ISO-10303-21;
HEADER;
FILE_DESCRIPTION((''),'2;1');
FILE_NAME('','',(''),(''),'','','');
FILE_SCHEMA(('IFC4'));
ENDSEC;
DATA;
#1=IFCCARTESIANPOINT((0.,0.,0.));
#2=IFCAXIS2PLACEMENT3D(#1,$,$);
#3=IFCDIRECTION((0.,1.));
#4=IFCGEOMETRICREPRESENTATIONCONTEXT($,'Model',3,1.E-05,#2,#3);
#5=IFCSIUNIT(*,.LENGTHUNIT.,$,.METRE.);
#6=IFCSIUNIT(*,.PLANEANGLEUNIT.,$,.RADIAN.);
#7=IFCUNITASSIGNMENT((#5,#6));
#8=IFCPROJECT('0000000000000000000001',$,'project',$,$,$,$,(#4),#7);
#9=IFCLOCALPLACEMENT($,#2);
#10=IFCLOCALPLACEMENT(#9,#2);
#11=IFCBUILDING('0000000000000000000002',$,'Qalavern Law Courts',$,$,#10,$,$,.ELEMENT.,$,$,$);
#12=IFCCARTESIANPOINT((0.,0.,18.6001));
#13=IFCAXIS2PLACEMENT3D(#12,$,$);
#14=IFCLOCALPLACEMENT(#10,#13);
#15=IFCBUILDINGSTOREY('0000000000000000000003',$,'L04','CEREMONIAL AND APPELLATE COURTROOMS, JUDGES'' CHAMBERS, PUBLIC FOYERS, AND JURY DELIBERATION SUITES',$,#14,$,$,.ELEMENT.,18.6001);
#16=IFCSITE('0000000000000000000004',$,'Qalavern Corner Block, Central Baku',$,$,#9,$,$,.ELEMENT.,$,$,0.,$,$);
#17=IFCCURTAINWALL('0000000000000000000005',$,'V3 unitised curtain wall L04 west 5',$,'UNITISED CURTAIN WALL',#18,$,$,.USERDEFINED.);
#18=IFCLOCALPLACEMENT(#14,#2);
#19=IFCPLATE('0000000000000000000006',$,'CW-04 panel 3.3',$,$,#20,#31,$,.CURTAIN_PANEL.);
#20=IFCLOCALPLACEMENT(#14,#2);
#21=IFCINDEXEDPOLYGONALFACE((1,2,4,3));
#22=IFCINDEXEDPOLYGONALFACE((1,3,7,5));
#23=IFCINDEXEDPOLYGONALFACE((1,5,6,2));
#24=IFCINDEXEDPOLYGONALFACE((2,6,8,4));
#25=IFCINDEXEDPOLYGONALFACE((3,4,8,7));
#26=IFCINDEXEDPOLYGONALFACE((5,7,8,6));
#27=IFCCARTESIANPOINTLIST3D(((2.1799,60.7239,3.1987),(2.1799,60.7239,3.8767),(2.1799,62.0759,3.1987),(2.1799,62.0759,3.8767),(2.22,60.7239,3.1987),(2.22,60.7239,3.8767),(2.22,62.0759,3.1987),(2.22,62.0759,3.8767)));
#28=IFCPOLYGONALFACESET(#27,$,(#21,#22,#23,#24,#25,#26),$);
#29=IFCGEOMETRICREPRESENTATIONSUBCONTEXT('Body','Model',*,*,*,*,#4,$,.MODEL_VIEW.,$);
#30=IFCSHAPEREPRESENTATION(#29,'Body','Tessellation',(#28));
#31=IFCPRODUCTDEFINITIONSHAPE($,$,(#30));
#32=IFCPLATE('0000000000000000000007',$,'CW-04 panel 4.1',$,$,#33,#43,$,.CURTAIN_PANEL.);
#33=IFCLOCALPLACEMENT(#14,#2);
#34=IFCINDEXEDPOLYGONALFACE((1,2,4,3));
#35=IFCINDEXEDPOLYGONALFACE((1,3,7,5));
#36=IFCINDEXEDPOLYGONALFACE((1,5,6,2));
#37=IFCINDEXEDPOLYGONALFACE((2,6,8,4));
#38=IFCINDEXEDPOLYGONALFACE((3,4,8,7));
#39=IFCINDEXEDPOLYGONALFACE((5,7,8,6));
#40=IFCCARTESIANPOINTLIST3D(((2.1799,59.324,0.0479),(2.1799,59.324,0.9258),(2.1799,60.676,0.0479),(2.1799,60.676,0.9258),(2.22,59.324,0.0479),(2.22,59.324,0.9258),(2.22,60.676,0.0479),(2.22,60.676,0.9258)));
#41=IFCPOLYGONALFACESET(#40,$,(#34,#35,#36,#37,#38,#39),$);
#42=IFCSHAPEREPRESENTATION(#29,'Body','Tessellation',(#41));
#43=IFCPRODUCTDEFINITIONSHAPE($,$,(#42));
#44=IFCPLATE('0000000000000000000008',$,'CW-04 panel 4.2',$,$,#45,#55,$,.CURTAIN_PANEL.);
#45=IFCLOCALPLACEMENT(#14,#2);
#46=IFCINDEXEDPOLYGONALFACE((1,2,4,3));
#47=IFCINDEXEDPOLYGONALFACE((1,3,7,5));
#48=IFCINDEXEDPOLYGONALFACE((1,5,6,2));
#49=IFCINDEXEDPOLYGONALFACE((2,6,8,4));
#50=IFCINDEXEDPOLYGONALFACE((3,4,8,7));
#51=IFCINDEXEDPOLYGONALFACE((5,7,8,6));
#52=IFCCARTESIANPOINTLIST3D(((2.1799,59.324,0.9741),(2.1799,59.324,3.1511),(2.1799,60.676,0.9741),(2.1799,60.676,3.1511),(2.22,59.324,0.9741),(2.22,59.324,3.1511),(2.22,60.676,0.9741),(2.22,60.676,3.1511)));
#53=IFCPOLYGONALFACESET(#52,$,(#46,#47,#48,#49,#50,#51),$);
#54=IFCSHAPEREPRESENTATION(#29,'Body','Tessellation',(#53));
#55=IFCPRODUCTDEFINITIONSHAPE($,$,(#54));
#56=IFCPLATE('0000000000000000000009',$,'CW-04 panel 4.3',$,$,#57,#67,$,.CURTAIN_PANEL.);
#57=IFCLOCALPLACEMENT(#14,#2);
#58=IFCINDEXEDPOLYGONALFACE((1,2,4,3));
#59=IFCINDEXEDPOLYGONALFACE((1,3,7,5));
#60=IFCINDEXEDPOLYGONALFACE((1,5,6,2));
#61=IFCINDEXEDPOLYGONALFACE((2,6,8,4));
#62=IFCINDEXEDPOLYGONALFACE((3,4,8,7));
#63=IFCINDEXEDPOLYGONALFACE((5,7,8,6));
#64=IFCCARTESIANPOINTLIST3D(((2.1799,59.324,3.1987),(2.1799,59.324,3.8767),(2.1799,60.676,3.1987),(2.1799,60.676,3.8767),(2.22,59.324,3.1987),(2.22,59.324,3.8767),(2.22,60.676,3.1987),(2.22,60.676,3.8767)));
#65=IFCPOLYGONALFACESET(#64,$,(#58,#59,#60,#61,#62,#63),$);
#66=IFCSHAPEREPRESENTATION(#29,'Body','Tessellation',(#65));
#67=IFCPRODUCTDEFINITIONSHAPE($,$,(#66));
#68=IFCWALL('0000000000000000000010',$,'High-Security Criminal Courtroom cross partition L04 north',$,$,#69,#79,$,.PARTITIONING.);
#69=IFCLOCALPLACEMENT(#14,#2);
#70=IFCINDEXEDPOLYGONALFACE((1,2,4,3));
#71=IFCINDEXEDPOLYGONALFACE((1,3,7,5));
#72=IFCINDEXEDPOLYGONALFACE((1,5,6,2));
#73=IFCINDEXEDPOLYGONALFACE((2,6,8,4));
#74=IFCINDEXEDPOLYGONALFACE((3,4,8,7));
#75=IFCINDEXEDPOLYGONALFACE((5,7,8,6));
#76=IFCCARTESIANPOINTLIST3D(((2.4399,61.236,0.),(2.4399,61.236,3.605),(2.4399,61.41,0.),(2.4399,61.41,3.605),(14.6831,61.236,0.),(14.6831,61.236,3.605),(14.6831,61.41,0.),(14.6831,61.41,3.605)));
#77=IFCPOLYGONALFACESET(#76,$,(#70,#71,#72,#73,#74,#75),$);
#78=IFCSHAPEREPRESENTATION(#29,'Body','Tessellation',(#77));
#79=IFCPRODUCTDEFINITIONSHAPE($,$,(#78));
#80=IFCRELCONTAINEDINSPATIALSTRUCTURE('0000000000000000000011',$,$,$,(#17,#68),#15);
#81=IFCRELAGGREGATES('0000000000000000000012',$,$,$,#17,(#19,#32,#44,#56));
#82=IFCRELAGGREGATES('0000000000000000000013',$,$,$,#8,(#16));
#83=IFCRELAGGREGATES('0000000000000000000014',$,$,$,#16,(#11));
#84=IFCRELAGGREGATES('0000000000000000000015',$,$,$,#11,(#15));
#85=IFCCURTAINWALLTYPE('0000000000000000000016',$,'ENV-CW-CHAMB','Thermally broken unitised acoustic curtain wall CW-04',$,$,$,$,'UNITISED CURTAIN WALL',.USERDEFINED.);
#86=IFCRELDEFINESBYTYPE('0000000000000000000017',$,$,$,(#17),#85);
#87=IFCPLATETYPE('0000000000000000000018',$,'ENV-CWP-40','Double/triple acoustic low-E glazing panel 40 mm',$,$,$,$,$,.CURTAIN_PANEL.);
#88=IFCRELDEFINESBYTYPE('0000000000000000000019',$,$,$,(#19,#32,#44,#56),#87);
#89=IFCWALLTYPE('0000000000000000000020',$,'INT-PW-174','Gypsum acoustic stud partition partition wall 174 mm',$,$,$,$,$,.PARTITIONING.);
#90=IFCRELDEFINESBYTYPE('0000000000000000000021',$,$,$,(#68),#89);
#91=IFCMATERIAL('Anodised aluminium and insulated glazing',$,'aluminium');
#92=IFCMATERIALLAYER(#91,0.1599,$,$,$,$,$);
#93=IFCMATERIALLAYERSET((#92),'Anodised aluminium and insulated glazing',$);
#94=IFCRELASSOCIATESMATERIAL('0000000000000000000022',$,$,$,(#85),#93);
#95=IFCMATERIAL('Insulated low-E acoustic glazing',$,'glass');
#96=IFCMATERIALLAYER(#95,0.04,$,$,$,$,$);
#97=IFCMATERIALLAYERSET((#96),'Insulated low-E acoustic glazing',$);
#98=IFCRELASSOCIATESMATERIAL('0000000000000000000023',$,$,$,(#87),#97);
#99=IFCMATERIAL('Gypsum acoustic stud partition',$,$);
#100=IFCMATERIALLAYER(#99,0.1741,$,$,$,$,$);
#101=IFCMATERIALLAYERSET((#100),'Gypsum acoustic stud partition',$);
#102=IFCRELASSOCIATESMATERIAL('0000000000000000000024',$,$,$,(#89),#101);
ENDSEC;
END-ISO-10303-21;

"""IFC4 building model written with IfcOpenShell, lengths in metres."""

from ifc_helpers import new_model, si_unit, direction, frame, frame_2d, origin, origin_2d, place, context, subcontext, project, spatial, rectangle, extrude, material, layer, layer_set, type_object, element, aggregate, save


model = new_model("IFC4")

# Units and contexts
model_context = context("Model", 3, precision=1e-05, world=origin(), true_north=direction((0.0, 1.0)))
body_context = subcontext(model_context, "Body", "Model", "MODEL_VIEW")
ifc_project = project(units=[si_unit("LENGTHUNIT", "METRE"), si_unit("PLANEANGLEUNIT", "RADIAN")], contexts=[model_context])

# Site, building, storey
site_placement = place(None, origin())
site = spatial("IfcSite", under=ifc_project, at=site_placement, Name="Qalavern Corner Block, Central Baku", CompositionType="ELEMENT", RefElevation=0.0)
building_placement = place(site_placement, origin())
building = spatial("IfcBuilding", under=site, at=building_placement, Name="Qalavern Law Courts", CompositionType="ELEMENT")
storey_placement = place(building_placement, frame((0.0, 0.0, 18.6001)))
storey = spatial("IfcBuildingStorey", under=building, at=storey_placement, Name="L04", Description="CEREMONIAL AND APPELLATE COURTROOMS, JUDGES' CHAMBERS, PUBLIC FOYERS, AND JURY DELIBERATION SUITES", CompositionType="ELEMENT", Elevation=18.6001)

# Curtain wall
ifc_material_1 = material(Name="Anodised aluminium and insulated glazing", Category="aluminium")
ifc_layer_1 = layer(ifc_material_1, 0.1599)
ifc_layer_set_1 = layer_set([ifc_layer_1], Name="Anodised aluminium and insulated glazing")
curtain_wall_type = type_object("IfcCurtainWallType", Name="ENV-CW-CHAMB", Description="Thermally broken unitised acoustic curtain wall CW-04", ElementType="UNITISED CURTAIN WALL", PredefinedType="USERDEFINED", material=ifc_layer_set_1)
curtain_wall_placement = place(storey_placement, origin())
curtain_wall = element("IfcCurtainWall", 1, at=curtain_wall_placement, inside=storey, type_object=curtain_wall_type, Name="V3 unitised curtain wall L04 west 5", ObjectType="UNITISED CURTAIN WALL", PredefinedType="USERDEFINED")

# Plates
ifc_material_2 = material(Name="Insulated low-E acoustic glazing", Category="glass")
ifc_layer_2 = layer(ifc_material_2, 0.04)
ifc_layer_set_2 = layer_set([ifc_layer_2], Name="Insulated low-E acoustic glazing")
plate_type = type_object("IfcPlateType", Name="ENV-CWP-40", Description="Double/triple acoustic low-E glazing panel 40 mm", PredefinedType="CURTAIN_PANEL", material=ifc_layer_set_2)
plate_1_placement = place(storey_placement, frame((2.2, 61.3999, 3.1987), z_axis=(0.0, 0.0, 1.0), x_axis=(0.0, -1.0, 0.0)))
plate_1 = element("IfcPlate", 2, at=plate_1_placement, type_object=plate_type, Name="CW-04 panel 3.3", PredefinedType="CURTAIN_PANEL", context=body_context, shape_type="SweptSolid", body=[
    extrude(rectangle(XDim=1.3521, YDim=0.04, at=origin_2d()), origin(), (0.0, 0.0, 1.0), 0.678),
])
plate_2_placement = place(storey_placement, frame((2.2, 60.0, 0.0479), z_axis=(0.0, 0.0, 1.0), x_axis=(0.0, -1.0, 0.0)))
plate_2 = element("IfcPlate", 3, at=plate_2_placement, type_object=plate_type, Name="CW-04 panel 4.1", PredefinedType="CURTAIN_PANEL", context=body_context, shape_type="SweptSolid", body=[
    extrude(rectangle(XDim=1.3521, YDim=0.04, at=origin_2d()), origin(), (0.0, 0.0, 1.0), 0.8779),
])
plate_3_placement = place(storey_placement, frame((2.2, 60.0, 0.9741), z_axis=(0.0, 0.0, 1.0), x_axis=(0.0, -1.0, 0.0)))
plate_3 = element("IfcPlate", 4, at=plate_3_placement, type_object=plate_type, Name="CW-04 panel 4.2", PredefinedType="CURTAIN_PANEL", context=body_context, shape_type="SweptSolid", body=[
    extrude(rectangle(XDim=1.3521, YDim=0.04, at=origin_2d()), origin(), (0.0, 0.0, 1.0), 2.177),
])
plate_4_placement = place(storey_placement, frame((2.2, 60.0, 3.1987), z_axis=(0.0, 0.0, 1.0), x_axis=(0.0, -1.0, 0.0)))
plate_4 = element("IfcPlate", 5, at=plate_4_placement, type_object=plate_type, Name="CW-04 panel 4.3", PredefinedType="CURTAIN_PANEL", context=body_context, shape_type="SweptSolid", body=[
    extrude(rectangle(XDim=1.3521, YDim=0.04, at=origin_2d()), origin(), (0.0, 0.0, 1.0), 0.678),
])
aggregate(curtain_wall, [plate_1, plate_2, plate_3, plate_4])

# Wall
ifc_material_3 = material(Name="Gypsum acoustic stud partition")
ifc_layer_3 = layer(ifc_material_3, 0.1741)
ifc_layer_set_3 = layer_set([ifc_layer_3], Name="Gypsum acoustic stud partition")
wall_type = type_object("IfcWallType", Name="INT-PW-174", Description="Gypsum acoustic stud partition partition wall 174 mm", PredefinedType="PARTITIONING", material=ifc_layer_set_3)
wall_placement = place(storey_placement, frame((2.4399, 61.323, 0.0), z_axis=(0.0, 0.0, 1.0), x_axis=(1.0, 0.0, 0.0)))
element("IfcWall", 6, at=wall_placement, inside=storey, type_object=wall_type, Name="High-Security Criminal Courtroom cross partition L04 north", PredefinedType="PARTITIONING", context=body_context, shape_type="SweptSolid", body=[
    extrude(rectangle(XDim=12.2432, YDim=0.1741, at=frame_2d((6.1216, 0.0))), origin(), (0.0, 0.0, 1.0), 3.605),
])

save(model, "model.ifc")
